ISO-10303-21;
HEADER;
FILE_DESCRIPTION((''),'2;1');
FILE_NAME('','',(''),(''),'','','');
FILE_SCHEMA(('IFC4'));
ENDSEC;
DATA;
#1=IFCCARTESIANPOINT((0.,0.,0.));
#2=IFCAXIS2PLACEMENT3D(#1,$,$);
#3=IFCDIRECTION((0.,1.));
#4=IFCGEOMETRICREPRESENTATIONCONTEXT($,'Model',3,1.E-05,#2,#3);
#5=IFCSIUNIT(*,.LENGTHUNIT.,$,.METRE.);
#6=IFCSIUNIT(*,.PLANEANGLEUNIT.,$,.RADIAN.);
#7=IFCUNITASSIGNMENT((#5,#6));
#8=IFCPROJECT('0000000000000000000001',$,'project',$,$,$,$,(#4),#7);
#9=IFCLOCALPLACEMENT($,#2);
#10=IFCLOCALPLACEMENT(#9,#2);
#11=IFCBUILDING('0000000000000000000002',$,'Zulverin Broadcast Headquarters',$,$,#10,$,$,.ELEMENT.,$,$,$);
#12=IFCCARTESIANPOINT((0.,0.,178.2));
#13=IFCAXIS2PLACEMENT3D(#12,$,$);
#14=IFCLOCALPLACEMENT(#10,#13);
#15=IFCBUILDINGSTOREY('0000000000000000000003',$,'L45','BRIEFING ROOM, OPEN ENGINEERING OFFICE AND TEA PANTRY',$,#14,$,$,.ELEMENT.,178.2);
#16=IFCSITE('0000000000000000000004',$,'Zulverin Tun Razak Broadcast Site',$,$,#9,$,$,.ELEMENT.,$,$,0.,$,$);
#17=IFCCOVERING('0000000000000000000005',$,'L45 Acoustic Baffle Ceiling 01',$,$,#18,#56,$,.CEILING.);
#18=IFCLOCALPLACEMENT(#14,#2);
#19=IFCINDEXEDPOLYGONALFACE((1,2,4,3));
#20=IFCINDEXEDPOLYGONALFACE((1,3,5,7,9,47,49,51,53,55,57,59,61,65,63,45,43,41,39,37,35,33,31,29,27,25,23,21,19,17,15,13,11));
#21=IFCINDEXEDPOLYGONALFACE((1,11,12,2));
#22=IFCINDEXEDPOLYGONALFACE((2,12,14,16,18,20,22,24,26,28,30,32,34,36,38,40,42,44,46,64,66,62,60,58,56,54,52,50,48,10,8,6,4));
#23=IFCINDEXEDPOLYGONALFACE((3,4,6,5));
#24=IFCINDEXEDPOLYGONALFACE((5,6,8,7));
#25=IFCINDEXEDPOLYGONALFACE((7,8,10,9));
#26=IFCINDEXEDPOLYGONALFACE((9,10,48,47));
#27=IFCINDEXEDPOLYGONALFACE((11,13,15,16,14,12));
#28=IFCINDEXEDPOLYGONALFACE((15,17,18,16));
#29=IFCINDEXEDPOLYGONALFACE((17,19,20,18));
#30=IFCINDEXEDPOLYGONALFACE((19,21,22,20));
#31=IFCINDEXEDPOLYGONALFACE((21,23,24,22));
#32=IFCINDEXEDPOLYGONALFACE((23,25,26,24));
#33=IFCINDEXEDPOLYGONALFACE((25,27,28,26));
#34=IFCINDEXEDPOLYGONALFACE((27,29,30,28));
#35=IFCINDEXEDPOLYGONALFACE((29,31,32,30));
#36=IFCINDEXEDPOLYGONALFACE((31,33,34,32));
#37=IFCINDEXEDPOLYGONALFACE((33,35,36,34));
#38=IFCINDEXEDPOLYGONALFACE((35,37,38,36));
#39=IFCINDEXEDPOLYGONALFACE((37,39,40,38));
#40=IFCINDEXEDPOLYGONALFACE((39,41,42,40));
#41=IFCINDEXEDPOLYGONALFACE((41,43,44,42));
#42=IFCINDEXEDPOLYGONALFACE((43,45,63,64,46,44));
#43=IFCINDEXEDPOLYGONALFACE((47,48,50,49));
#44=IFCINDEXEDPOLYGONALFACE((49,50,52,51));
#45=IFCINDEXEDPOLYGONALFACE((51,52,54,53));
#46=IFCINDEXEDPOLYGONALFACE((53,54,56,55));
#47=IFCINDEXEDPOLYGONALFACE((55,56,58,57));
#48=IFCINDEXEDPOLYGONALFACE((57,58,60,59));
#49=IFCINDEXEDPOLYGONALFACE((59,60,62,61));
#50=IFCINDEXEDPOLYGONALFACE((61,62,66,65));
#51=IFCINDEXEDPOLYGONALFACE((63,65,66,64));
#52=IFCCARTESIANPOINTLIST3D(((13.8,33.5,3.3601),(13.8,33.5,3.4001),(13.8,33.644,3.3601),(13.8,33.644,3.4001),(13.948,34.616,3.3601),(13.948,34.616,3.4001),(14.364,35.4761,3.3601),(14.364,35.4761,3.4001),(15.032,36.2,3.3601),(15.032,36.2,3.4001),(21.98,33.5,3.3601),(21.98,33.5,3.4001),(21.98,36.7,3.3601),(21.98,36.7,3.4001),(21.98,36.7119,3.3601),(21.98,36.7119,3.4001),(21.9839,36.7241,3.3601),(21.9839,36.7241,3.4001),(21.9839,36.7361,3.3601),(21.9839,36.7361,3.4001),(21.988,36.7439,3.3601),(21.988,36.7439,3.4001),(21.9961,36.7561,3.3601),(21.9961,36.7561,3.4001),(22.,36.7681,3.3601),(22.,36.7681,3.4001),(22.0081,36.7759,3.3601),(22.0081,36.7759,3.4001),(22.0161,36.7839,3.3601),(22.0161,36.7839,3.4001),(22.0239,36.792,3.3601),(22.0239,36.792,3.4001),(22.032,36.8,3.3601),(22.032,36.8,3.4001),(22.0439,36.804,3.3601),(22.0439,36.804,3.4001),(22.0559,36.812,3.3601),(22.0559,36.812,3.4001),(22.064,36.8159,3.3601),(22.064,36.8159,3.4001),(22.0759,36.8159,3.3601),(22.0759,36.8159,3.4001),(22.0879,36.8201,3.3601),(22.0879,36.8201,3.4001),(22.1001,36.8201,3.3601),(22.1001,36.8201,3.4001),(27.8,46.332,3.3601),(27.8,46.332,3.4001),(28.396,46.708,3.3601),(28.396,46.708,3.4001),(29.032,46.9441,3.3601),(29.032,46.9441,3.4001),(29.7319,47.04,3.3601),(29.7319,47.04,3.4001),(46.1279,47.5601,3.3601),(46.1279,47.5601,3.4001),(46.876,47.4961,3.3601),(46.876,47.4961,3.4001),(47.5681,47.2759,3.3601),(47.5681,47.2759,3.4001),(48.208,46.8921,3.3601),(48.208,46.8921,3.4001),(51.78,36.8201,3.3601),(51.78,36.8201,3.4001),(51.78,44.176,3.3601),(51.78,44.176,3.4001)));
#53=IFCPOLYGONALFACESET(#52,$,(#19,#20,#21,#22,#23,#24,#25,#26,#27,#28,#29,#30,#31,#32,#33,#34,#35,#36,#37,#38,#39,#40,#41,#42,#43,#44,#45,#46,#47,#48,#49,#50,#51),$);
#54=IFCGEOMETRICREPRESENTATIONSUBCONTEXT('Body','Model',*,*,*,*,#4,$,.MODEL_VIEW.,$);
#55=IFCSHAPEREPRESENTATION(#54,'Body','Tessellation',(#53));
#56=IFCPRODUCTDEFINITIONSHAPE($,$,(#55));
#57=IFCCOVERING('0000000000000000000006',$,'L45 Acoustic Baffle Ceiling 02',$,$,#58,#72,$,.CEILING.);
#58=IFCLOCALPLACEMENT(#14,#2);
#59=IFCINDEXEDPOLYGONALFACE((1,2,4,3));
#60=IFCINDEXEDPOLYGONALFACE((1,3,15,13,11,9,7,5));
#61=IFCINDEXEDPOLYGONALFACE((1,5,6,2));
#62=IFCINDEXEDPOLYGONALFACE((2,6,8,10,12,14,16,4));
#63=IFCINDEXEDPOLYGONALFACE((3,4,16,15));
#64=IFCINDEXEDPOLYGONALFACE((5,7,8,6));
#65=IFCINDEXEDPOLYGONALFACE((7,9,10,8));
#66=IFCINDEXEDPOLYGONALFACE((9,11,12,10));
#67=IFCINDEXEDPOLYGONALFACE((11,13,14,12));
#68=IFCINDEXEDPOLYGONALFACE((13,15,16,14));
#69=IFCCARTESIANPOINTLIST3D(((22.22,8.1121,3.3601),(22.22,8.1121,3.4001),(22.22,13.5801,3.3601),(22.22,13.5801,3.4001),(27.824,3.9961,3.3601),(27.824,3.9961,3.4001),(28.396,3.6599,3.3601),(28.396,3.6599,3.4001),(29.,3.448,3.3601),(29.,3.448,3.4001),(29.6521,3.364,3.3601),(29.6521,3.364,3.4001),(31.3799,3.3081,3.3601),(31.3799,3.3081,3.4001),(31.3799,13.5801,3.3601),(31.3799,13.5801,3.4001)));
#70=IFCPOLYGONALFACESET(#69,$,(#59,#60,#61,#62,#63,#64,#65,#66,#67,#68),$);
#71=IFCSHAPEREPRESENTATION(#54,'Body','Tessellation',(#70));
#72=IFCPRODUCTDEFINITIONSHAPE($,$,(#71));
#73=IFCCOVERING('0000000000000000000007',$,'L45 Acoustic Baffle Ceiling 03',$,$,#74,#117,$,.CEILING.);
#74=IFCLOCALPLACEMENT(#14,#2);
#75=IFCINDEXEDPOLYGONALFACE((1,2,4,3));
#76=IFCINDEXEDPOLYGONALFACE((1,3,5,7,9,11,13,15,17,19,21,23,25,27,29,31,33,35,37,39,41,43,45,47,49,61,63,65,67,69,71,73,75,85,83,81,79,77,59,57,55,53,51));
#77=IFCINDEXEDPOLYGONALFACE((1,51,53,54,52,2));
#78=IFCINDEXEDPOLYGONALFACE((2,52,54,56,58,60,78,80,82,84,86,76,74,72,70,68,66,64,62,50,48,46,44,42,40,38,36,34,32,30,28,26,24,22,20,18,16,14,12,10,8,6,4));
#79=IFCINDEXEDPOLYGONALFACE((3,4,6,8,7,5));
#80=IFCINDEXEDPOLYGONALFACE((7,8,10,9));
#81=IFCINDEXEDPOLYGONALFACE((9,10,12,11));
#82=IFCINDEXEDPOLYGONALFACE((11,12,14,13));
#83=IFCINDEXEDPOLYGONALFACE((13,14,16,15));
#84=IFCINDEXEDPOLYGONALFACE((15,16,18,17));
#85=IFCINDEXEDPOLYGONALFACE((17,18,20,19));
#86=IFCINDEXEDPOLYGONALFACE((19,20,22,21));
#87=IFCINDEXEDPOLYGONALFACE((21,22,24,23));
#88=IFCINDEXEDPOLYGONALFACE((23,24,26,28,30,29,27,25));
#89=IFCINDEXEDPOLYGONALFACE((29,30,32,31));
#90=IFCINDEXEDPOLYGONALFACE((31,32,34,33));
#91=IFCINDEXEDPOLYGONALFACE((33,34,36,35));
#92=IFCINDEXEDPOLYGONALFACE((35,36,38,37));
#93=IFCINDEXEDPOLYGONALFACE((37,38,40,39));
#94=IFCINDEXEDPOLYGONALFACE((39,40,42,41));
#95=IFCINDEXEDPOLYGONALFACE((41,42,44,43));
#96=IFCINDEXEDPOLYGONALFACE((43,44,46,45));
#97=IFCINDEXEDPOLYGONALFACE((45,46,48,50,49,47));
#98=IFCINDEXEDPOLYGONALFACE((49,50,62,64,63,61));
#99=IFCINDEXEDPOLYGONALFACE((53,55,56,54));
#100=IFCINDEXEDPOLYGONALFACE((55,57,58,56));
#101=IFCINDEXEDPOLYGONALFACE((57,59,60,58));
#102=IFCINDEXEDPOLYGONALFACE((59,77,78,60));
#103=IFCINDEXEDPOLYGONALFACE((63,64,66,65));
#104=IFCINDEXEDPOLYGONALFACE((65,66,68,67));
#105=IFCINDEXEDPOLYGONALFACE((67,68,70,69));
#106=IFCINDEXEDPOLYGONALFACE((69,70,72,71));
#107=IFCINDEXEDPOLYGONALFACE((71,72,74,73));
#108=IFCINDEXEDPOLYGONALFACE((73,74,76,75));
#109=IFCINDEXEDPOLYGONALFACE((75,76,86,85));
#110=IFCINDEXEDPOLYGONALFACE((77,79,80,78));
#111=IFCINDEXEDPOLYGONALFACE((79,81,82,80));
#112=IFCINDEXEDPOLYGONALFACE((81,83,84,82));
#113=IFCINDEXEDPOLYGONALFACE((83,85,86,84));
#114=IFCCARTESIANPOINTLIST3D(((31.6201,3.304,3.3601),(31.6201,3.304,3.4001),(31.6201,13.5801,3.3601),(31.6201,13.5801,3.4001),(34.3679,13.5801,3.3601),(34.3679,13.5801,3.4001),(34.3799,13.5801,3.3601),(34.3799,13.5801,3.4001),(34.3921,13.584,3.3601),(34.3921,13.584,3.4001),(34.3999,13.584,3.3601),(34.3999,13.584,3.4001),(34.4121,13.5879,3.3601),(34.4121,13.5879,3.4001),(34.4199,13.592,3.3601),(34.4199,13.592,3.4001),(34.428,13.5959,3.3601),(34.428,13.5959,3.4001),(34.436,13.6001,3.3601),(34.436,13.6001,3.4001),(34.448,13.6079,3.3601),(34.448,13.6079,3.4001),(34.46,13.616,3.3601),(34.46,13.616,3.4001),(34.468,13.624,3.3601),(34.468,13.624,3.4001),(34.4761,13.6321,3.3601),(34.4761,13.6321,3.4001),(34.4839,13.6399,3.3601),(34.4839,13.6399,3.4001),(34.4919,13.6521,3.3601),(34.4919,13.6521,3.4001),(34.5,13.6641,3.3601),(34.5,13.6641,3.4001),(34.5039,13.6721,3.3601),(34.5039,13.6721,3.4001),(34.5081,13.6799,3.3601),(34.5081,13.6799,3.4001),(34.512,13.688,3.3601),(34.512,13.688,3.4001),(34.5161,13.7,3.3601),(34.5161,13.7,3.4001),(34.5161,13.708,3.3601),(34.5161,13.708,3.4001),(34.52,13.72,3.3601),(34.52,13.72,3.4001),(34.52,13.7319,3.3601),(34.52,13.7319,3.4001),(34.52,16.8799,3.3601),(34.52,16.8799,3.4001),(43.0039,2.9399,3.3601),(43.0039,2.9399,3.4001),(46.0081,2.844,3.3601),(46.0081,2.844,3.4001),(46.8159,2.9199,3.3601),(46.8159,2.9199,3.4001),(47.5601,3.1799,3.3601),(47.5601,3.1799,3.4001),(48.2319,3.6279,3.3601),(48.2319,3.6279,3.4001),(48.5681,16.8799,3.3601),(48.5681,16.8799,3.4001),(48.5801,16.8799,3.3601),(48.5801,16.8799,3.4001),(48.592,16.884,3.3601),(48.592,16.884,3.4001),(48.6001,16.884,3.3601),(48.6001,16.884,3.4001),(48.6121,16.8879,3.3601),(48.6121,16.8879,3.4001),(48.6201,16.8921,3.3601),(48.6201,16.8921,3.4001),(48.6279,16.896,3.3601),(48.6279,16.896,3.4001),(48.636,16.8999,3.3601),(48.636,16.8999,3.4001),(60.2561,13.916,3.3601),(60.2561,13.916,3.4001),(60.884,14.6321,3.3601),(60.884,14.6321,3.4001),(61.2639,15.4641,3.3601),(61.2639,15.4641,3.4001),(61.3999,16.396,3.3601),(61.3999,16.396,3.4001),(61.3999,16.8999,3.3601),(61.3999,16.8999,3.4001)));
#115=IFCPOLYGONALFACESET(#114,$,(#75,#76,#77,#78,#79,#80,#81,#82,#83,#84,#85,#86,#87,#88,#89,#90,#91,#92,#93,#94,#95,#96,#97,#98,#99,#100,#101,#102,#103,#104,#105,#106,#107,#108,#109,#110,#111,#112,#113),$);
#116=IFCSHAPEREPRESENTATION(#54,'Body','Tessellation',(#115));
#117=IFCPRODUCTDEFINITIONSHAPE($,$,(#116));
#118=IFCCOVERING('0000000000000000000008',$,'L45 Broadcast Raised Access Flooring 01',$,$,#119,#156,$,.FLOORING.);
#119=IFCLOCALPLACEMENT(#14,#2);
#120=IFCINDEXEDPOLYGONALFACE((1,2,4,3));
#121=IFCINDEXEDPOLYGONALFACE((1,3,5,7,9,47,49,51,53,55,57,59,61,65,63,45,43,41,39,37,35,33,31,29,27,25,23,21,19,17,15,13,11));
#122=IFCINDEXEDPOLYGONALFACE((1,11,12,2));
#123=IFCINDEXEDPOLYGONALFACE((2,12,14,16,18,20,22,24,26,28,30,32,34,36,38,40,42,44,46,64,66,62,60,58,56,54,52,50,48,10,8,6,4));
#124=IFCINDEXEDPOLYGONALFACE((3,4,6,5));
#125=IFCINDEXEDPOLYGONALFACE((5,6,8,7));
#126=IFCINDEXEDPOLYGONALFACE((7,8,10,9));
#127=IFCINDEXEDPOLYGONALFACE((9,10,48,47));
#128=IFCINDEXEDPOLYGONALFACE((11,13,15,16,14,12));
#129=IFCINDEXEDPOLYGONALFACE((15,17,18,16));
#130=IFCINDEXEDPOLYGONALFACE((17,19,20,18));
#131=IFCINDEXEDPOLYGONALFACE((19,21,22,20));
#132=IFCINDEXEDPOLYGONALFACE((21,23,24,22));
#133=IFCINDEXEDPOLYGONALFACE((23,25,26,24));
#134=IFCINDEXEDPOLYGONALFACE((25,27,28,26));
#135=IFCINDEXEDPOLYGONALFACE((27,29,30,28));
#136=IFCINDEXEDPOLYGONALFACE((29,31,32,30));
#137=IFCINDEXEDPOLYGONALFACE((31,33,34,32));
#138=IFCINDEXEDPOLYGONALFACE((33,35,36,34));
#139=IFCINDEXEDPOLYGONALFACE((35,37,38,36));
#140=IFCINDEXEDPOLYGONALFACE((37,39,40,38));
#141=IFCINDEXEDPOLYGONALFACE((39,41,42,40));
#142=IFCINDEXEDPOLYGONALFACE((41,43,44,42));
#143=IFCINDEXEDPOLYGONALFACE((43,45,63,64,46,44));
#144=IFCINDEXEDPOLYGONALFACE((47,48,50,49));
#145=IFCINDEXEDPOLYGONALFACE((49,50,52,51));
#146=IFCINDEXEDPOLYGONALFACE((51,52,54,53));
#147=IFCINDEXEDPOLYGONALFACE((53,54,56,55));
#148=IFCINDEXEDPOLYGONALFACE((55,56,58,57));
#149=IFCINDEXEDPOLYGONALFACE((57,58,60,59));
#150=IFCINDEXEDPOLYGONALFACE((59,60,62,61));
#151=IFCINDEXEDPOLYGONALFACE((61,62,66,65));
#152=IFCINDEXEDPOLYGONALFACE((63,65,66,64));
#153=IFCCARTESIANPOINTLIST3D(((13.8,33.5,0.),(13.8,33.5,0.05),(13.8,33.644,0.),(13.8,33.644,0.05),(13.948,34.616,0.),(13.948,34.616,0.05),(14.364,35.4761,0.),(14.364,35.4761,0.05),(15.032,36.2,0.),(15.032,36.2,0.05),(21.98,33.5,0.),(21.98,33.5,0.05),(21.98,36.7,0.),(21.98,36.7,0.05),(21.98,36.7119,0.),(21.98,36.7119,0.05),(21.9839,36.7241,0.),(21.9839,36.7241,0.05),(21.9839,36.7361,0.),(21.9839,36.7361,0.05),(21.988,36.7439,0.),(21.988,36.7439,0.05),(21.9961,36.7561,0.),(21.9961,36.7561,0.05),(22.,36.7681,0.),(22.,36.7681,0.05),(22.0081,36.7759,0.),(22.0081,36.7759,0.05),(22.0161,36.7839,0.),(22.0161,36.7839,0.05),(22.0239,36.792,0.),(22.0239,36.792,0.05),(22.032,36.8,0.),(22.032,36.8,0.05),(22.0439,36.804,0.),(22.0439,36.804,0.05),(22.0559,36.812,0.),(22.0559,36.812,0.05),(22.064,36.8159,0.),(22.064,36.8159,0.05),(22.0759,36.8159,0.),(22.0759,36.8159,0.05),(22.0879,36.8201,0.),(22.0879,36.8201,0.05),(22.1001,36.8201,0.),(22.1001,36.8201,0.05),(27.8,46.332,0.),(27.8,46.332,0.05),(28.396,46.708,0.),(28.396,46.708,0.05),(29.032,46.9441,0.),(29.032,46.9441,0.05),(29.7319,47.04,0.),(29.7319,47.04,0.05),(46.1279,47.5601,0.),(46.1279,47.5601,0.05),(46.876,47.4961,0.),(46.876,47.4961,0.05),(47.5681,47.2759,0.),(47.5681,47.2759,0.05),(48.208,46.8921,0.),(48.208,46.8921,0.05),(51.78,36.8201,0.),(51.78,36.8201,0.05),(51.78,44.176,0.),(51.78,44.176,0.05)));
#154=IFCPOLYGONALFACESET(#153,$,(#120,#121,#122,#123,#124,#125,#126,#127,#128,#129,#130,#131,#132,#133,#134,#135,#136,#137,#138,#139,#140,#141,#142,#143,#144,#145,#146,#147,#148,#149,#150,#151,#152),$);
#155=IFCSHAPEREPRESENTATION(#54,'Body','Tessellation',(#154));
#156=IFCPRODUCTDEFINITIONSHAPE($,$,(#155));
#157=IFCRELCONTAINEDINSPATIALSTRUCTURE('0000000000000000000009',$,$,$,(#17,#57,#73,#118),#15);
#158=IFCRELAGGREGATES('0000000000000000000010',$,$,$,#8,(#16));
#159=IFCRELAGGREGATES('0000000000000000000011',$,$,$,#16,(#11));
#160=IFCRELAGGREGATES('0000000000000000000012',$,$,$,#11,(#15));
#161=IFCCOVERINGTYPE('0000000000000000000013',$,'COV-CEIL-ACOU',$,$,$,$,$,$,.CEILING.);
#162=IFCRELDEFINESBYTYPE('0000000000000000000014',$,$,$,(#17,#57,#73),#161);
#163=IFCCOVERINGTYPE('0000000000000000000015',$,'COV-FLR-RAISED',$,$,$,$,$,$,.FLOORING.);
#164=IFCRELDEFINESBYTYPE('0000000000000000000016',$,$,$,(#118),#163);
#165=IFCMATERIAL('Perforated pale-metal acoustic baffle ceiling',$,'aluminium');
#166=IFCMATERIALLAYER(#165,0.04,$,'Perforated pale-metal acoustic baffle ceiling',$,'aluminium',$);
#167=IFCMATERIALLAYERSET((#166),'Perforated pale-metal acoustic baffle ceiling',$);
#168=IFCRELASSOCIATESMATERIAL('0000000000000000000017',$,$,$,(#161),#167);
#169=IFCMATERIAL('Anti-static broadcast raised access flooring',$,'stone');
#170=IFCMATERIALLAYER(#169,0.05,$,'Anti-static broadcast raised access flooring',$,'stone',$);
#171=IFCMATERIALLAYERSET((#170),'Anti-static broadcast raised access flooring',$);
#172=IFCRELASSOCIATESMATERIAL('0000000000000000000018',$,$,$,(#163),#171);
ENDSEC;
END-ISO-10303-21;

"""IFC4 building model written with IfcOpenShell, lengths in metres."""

from ifc_helpers import new_model, si_unit, direction, frame, origin, place, context, subcontext, project, spatial, polyline, outline, extrude, material, layer, layer_set, type_object, element, save


model = new_model("IFC4")

# Units and contexts
model_context = context("Model", 3, precision=1e-05, world=origin(), true_north=direction((0.0, 1.0)))
body_context = subcontext(model_context, "Body", "Model", "MODEL_VIEW")
ifc_project = project(units=[si_unit("LENGTHUNIT", "METRE"), si_unit("PLANEANGLEUNIT", "RADIAN")], contexts=[model_context])

# Site, building, storey
site_placement = place(None, origin())
site = spatial("IfcSite", under=ifc_project, at=site_placement, Name="Zulverin Tun Razak Broadcast Site", CompositionType="ELEMENT", RefElevation=0.0)
building_placement = place(site_placement, origin())
building = spatial("IfcBuilding", under=site, at=building_placement, Name="Zulverin Broadcast Headquarters", CompositionType="ELEMENT")
storey_placement = place(building_placement, frame((0.0, 0.0, 178.2)))
storey = spatial("IfcBuildingStorey", under=building, at=storey_placement, Name="L45", Description="BRIEFING ROOM, OPEN ENGINEERING OFFICE AND TEA PANTRY", CompositionType="ELEMENT", Elevation=178.2)

# Coverings
ifc_material_1 = material(Name="Perforated pale-metal acoustic baffle ceiling", Category="aluminium")
ifc_layer_1 = layer(ifc_material_1, 0.04, Name="Perforated pale-metal acoustic baffle ceiling", Category="aluminium")
ifc_layer_set_1 = layer_set([ifc_layer_1], Name="Perforated pale-metal acoustic baffle ceiling")
covering_type_1 = type_object("IfcCoveringType", Name="COV-CEIL-ACOU", PredefinedType="CEILING", material=ifc_layer_set_1)
covering_1_placement = place(storey_placement, frame((0.0, 0.0, 3.3601)))
element("IfcCovering", 1, at=covering_1_placement, inside=storey, type_object=covering_type_1, Name="L45 Acoustic Baffle Ceiling 01", PredefinedType="CEILING", context=body_context, shape_type="SweptSolid", body=[
    extrude(outline(polyline([(29.032, 46.9441), (28.396, 46.708), (27.8, 46.332), (15.032, 36.2), (14.364, 35.4761), (13.948, 34.616), (13.8, 33.644), (13.8, 33.5), (21.98, 33.5), (21.98, 36.7), (21.98, 36.7119), (21.9839, 36.7241), (21.9839, 36.7361), (21.988, 36.7439), (21.9961, 36.7561), (22.0, 36.7681), (22.0081, 36.7759), (22.0161, 36.7839), (22.0239, 36.792), (22.032, 36.8), (22.0439, 36.804), (22.0559, 36.812), (22.064, 36.8159), (22.0759, 36.8159), (22.0879, 36.8201), (22.1001, 36.8201), (51.78, 36.8201), (51.78, 44.176), (48.208, 46.8921), (47.5681, 47.2759), (46.876, 47.4961), (46.1279, 47.5601), (29.7319, 47.04), (29.032, 46.9441)])), origin(), (0.0, 0.0, 1.0), 0.04),
])
covering_2_placement = place(storey_placement, frame((0.0, 0.0, 3.3601)))
element("IfcCovering", 2, at=covering_2_placement, inside=storey, type_object=covering_type_1, Name="L45 Acoustic Baffle Ceiling 02", PredefinedType="CEILING", context=body_context, shape_type="SweptSolid", body=[
    extrude(outline(polyline([(28.396, 3.6599), (29.0, 3.448), (29.6521, 3.364), (31.3799, 3.3081), (31.3799, 13.5801), (22.22, 13.5801), (22.22, 8.1121), (27.824, 3.9961), (28.396, 3.6599)])), origin(), (0.0, 0.0, 1.0), 0.04),
])
covering_3_placement = place(storey_placement, frame((0.0, 0.0, 3.3601)))
element("IfcCovering", 3, at=covering_3_placement, inside=storey, type_object=covering_type_1, Name="L45 Acoustic Baffle Ceiling 03", PredefinedType="CEILING", context=body_context, shape_type="SweptSolid", body=[
    extrude(outline(polyline([(34.3921, 13.584), (34.3799, 13.5801), (34.3679, 13.5801), (31.6201, 13.5801), (31.6201, 3.304), (43.0039, 2.9399), (46.0081, 2.844), (46.8159, 2.9199), (47.5601, 3.1799), (48.2319, 3.6279), (60.2561, 13.916), (60.884, 14.6321), (61.2639, 15.4641), (61.3999, 16.396), (61.3999, 16.8999), (48.636, 16.8999), (48.6279, 16.896), (48.6201, 16.8921), (48.6121, 16.8879), (48.6001, 16.884), (48.592, 16.884), (48.5801, 16.8799), (48.5681, 16.8799), (34.52, 16.8799), (34.52, 13.7319), (34.52, 13.72), (34.5161, 13.708), (34.5161, 13.7), (34.512, 13.688), (34.5081, 13.6799), (34.5039, 13.6721), (34.5, 13.6641), (34.4919, 13.6521), (34.4839, 13.6399), (34.4761, 13.6321), (34.468, 13.624), (34.46, 13.616), (34.448, 13.6079), (34.436, 13.6001), (34.428, 13.5959), (34.4199, 13.592), (34.4121, 13.5879), (34.3999, 13.584), (34.3921, 13.584)])), origin(), (0.0, 0.0, 1.0), 0.04),
])
ifc_material_2 = material(Name="Anti-static broadcast raised access flooring", Category="stone")
ifc_layer_2 = layer(ifc_material_2, 0.05, Name="Anti-static broadcast raised access flooring", Category="stone")
ifc_layer_set_2 = layer_set([ifc_layer_2], Name="Anti-static broadcast raised access flooring")
covering_type_2 = type_object("IfcCoveringType", Name="COV-FLR-RAISED", PredefinedType="FLOORING", material=ifc_layer_set_2)
covering_4_placement = place(storey_placement, origin())
element("IfcCovering", 4, at=covering_4_placement, inside=storey, type_object=covering_type_2, Name="L45 Broadcast Raised Access Flooring 01", PredefinedType="FLOORING", context=body_context, shape_type="SweptSolid", body=[
    extrude(outline(polyline([(29.032, 46.9441), (28.396, 46.708), (27.8, 46.332), (15.032, 36.2), (14.364, 35.4761), (13.948, 34.616), (13.8, 33.644), (13.8, 33.5), (21.98, 33.5), (21.98, 36.7), (21.98, 36.7119), (21.9839, 36.7241), (21.9839, 36.7361), (21.988, 36.7439), (21.9961, 36.7561), (22.0, 36.7681), (22.0081, 36.7759), (22.0161, 36.7839), (22.0239, 36.792), (22.032, 36.8), (22.0439, 36.804), (22.0559, 36.812), (22.064, 36.8159), (22.0759, 36.8159), (22.0879, 36.8201), (22.1001, 36.8201), (51.78, 36.8201), (51.78, 44.176), (48.208, 46.8921), (47.5681, 47.2759), (46.876, 47.4961), (46.1279, 47.5601), (29.7319, 47.04), (29.032, 46.9441)])), origin(), (0.0, 0.0, 1.0), 0.05),
])

save(model, "model.ifc")
